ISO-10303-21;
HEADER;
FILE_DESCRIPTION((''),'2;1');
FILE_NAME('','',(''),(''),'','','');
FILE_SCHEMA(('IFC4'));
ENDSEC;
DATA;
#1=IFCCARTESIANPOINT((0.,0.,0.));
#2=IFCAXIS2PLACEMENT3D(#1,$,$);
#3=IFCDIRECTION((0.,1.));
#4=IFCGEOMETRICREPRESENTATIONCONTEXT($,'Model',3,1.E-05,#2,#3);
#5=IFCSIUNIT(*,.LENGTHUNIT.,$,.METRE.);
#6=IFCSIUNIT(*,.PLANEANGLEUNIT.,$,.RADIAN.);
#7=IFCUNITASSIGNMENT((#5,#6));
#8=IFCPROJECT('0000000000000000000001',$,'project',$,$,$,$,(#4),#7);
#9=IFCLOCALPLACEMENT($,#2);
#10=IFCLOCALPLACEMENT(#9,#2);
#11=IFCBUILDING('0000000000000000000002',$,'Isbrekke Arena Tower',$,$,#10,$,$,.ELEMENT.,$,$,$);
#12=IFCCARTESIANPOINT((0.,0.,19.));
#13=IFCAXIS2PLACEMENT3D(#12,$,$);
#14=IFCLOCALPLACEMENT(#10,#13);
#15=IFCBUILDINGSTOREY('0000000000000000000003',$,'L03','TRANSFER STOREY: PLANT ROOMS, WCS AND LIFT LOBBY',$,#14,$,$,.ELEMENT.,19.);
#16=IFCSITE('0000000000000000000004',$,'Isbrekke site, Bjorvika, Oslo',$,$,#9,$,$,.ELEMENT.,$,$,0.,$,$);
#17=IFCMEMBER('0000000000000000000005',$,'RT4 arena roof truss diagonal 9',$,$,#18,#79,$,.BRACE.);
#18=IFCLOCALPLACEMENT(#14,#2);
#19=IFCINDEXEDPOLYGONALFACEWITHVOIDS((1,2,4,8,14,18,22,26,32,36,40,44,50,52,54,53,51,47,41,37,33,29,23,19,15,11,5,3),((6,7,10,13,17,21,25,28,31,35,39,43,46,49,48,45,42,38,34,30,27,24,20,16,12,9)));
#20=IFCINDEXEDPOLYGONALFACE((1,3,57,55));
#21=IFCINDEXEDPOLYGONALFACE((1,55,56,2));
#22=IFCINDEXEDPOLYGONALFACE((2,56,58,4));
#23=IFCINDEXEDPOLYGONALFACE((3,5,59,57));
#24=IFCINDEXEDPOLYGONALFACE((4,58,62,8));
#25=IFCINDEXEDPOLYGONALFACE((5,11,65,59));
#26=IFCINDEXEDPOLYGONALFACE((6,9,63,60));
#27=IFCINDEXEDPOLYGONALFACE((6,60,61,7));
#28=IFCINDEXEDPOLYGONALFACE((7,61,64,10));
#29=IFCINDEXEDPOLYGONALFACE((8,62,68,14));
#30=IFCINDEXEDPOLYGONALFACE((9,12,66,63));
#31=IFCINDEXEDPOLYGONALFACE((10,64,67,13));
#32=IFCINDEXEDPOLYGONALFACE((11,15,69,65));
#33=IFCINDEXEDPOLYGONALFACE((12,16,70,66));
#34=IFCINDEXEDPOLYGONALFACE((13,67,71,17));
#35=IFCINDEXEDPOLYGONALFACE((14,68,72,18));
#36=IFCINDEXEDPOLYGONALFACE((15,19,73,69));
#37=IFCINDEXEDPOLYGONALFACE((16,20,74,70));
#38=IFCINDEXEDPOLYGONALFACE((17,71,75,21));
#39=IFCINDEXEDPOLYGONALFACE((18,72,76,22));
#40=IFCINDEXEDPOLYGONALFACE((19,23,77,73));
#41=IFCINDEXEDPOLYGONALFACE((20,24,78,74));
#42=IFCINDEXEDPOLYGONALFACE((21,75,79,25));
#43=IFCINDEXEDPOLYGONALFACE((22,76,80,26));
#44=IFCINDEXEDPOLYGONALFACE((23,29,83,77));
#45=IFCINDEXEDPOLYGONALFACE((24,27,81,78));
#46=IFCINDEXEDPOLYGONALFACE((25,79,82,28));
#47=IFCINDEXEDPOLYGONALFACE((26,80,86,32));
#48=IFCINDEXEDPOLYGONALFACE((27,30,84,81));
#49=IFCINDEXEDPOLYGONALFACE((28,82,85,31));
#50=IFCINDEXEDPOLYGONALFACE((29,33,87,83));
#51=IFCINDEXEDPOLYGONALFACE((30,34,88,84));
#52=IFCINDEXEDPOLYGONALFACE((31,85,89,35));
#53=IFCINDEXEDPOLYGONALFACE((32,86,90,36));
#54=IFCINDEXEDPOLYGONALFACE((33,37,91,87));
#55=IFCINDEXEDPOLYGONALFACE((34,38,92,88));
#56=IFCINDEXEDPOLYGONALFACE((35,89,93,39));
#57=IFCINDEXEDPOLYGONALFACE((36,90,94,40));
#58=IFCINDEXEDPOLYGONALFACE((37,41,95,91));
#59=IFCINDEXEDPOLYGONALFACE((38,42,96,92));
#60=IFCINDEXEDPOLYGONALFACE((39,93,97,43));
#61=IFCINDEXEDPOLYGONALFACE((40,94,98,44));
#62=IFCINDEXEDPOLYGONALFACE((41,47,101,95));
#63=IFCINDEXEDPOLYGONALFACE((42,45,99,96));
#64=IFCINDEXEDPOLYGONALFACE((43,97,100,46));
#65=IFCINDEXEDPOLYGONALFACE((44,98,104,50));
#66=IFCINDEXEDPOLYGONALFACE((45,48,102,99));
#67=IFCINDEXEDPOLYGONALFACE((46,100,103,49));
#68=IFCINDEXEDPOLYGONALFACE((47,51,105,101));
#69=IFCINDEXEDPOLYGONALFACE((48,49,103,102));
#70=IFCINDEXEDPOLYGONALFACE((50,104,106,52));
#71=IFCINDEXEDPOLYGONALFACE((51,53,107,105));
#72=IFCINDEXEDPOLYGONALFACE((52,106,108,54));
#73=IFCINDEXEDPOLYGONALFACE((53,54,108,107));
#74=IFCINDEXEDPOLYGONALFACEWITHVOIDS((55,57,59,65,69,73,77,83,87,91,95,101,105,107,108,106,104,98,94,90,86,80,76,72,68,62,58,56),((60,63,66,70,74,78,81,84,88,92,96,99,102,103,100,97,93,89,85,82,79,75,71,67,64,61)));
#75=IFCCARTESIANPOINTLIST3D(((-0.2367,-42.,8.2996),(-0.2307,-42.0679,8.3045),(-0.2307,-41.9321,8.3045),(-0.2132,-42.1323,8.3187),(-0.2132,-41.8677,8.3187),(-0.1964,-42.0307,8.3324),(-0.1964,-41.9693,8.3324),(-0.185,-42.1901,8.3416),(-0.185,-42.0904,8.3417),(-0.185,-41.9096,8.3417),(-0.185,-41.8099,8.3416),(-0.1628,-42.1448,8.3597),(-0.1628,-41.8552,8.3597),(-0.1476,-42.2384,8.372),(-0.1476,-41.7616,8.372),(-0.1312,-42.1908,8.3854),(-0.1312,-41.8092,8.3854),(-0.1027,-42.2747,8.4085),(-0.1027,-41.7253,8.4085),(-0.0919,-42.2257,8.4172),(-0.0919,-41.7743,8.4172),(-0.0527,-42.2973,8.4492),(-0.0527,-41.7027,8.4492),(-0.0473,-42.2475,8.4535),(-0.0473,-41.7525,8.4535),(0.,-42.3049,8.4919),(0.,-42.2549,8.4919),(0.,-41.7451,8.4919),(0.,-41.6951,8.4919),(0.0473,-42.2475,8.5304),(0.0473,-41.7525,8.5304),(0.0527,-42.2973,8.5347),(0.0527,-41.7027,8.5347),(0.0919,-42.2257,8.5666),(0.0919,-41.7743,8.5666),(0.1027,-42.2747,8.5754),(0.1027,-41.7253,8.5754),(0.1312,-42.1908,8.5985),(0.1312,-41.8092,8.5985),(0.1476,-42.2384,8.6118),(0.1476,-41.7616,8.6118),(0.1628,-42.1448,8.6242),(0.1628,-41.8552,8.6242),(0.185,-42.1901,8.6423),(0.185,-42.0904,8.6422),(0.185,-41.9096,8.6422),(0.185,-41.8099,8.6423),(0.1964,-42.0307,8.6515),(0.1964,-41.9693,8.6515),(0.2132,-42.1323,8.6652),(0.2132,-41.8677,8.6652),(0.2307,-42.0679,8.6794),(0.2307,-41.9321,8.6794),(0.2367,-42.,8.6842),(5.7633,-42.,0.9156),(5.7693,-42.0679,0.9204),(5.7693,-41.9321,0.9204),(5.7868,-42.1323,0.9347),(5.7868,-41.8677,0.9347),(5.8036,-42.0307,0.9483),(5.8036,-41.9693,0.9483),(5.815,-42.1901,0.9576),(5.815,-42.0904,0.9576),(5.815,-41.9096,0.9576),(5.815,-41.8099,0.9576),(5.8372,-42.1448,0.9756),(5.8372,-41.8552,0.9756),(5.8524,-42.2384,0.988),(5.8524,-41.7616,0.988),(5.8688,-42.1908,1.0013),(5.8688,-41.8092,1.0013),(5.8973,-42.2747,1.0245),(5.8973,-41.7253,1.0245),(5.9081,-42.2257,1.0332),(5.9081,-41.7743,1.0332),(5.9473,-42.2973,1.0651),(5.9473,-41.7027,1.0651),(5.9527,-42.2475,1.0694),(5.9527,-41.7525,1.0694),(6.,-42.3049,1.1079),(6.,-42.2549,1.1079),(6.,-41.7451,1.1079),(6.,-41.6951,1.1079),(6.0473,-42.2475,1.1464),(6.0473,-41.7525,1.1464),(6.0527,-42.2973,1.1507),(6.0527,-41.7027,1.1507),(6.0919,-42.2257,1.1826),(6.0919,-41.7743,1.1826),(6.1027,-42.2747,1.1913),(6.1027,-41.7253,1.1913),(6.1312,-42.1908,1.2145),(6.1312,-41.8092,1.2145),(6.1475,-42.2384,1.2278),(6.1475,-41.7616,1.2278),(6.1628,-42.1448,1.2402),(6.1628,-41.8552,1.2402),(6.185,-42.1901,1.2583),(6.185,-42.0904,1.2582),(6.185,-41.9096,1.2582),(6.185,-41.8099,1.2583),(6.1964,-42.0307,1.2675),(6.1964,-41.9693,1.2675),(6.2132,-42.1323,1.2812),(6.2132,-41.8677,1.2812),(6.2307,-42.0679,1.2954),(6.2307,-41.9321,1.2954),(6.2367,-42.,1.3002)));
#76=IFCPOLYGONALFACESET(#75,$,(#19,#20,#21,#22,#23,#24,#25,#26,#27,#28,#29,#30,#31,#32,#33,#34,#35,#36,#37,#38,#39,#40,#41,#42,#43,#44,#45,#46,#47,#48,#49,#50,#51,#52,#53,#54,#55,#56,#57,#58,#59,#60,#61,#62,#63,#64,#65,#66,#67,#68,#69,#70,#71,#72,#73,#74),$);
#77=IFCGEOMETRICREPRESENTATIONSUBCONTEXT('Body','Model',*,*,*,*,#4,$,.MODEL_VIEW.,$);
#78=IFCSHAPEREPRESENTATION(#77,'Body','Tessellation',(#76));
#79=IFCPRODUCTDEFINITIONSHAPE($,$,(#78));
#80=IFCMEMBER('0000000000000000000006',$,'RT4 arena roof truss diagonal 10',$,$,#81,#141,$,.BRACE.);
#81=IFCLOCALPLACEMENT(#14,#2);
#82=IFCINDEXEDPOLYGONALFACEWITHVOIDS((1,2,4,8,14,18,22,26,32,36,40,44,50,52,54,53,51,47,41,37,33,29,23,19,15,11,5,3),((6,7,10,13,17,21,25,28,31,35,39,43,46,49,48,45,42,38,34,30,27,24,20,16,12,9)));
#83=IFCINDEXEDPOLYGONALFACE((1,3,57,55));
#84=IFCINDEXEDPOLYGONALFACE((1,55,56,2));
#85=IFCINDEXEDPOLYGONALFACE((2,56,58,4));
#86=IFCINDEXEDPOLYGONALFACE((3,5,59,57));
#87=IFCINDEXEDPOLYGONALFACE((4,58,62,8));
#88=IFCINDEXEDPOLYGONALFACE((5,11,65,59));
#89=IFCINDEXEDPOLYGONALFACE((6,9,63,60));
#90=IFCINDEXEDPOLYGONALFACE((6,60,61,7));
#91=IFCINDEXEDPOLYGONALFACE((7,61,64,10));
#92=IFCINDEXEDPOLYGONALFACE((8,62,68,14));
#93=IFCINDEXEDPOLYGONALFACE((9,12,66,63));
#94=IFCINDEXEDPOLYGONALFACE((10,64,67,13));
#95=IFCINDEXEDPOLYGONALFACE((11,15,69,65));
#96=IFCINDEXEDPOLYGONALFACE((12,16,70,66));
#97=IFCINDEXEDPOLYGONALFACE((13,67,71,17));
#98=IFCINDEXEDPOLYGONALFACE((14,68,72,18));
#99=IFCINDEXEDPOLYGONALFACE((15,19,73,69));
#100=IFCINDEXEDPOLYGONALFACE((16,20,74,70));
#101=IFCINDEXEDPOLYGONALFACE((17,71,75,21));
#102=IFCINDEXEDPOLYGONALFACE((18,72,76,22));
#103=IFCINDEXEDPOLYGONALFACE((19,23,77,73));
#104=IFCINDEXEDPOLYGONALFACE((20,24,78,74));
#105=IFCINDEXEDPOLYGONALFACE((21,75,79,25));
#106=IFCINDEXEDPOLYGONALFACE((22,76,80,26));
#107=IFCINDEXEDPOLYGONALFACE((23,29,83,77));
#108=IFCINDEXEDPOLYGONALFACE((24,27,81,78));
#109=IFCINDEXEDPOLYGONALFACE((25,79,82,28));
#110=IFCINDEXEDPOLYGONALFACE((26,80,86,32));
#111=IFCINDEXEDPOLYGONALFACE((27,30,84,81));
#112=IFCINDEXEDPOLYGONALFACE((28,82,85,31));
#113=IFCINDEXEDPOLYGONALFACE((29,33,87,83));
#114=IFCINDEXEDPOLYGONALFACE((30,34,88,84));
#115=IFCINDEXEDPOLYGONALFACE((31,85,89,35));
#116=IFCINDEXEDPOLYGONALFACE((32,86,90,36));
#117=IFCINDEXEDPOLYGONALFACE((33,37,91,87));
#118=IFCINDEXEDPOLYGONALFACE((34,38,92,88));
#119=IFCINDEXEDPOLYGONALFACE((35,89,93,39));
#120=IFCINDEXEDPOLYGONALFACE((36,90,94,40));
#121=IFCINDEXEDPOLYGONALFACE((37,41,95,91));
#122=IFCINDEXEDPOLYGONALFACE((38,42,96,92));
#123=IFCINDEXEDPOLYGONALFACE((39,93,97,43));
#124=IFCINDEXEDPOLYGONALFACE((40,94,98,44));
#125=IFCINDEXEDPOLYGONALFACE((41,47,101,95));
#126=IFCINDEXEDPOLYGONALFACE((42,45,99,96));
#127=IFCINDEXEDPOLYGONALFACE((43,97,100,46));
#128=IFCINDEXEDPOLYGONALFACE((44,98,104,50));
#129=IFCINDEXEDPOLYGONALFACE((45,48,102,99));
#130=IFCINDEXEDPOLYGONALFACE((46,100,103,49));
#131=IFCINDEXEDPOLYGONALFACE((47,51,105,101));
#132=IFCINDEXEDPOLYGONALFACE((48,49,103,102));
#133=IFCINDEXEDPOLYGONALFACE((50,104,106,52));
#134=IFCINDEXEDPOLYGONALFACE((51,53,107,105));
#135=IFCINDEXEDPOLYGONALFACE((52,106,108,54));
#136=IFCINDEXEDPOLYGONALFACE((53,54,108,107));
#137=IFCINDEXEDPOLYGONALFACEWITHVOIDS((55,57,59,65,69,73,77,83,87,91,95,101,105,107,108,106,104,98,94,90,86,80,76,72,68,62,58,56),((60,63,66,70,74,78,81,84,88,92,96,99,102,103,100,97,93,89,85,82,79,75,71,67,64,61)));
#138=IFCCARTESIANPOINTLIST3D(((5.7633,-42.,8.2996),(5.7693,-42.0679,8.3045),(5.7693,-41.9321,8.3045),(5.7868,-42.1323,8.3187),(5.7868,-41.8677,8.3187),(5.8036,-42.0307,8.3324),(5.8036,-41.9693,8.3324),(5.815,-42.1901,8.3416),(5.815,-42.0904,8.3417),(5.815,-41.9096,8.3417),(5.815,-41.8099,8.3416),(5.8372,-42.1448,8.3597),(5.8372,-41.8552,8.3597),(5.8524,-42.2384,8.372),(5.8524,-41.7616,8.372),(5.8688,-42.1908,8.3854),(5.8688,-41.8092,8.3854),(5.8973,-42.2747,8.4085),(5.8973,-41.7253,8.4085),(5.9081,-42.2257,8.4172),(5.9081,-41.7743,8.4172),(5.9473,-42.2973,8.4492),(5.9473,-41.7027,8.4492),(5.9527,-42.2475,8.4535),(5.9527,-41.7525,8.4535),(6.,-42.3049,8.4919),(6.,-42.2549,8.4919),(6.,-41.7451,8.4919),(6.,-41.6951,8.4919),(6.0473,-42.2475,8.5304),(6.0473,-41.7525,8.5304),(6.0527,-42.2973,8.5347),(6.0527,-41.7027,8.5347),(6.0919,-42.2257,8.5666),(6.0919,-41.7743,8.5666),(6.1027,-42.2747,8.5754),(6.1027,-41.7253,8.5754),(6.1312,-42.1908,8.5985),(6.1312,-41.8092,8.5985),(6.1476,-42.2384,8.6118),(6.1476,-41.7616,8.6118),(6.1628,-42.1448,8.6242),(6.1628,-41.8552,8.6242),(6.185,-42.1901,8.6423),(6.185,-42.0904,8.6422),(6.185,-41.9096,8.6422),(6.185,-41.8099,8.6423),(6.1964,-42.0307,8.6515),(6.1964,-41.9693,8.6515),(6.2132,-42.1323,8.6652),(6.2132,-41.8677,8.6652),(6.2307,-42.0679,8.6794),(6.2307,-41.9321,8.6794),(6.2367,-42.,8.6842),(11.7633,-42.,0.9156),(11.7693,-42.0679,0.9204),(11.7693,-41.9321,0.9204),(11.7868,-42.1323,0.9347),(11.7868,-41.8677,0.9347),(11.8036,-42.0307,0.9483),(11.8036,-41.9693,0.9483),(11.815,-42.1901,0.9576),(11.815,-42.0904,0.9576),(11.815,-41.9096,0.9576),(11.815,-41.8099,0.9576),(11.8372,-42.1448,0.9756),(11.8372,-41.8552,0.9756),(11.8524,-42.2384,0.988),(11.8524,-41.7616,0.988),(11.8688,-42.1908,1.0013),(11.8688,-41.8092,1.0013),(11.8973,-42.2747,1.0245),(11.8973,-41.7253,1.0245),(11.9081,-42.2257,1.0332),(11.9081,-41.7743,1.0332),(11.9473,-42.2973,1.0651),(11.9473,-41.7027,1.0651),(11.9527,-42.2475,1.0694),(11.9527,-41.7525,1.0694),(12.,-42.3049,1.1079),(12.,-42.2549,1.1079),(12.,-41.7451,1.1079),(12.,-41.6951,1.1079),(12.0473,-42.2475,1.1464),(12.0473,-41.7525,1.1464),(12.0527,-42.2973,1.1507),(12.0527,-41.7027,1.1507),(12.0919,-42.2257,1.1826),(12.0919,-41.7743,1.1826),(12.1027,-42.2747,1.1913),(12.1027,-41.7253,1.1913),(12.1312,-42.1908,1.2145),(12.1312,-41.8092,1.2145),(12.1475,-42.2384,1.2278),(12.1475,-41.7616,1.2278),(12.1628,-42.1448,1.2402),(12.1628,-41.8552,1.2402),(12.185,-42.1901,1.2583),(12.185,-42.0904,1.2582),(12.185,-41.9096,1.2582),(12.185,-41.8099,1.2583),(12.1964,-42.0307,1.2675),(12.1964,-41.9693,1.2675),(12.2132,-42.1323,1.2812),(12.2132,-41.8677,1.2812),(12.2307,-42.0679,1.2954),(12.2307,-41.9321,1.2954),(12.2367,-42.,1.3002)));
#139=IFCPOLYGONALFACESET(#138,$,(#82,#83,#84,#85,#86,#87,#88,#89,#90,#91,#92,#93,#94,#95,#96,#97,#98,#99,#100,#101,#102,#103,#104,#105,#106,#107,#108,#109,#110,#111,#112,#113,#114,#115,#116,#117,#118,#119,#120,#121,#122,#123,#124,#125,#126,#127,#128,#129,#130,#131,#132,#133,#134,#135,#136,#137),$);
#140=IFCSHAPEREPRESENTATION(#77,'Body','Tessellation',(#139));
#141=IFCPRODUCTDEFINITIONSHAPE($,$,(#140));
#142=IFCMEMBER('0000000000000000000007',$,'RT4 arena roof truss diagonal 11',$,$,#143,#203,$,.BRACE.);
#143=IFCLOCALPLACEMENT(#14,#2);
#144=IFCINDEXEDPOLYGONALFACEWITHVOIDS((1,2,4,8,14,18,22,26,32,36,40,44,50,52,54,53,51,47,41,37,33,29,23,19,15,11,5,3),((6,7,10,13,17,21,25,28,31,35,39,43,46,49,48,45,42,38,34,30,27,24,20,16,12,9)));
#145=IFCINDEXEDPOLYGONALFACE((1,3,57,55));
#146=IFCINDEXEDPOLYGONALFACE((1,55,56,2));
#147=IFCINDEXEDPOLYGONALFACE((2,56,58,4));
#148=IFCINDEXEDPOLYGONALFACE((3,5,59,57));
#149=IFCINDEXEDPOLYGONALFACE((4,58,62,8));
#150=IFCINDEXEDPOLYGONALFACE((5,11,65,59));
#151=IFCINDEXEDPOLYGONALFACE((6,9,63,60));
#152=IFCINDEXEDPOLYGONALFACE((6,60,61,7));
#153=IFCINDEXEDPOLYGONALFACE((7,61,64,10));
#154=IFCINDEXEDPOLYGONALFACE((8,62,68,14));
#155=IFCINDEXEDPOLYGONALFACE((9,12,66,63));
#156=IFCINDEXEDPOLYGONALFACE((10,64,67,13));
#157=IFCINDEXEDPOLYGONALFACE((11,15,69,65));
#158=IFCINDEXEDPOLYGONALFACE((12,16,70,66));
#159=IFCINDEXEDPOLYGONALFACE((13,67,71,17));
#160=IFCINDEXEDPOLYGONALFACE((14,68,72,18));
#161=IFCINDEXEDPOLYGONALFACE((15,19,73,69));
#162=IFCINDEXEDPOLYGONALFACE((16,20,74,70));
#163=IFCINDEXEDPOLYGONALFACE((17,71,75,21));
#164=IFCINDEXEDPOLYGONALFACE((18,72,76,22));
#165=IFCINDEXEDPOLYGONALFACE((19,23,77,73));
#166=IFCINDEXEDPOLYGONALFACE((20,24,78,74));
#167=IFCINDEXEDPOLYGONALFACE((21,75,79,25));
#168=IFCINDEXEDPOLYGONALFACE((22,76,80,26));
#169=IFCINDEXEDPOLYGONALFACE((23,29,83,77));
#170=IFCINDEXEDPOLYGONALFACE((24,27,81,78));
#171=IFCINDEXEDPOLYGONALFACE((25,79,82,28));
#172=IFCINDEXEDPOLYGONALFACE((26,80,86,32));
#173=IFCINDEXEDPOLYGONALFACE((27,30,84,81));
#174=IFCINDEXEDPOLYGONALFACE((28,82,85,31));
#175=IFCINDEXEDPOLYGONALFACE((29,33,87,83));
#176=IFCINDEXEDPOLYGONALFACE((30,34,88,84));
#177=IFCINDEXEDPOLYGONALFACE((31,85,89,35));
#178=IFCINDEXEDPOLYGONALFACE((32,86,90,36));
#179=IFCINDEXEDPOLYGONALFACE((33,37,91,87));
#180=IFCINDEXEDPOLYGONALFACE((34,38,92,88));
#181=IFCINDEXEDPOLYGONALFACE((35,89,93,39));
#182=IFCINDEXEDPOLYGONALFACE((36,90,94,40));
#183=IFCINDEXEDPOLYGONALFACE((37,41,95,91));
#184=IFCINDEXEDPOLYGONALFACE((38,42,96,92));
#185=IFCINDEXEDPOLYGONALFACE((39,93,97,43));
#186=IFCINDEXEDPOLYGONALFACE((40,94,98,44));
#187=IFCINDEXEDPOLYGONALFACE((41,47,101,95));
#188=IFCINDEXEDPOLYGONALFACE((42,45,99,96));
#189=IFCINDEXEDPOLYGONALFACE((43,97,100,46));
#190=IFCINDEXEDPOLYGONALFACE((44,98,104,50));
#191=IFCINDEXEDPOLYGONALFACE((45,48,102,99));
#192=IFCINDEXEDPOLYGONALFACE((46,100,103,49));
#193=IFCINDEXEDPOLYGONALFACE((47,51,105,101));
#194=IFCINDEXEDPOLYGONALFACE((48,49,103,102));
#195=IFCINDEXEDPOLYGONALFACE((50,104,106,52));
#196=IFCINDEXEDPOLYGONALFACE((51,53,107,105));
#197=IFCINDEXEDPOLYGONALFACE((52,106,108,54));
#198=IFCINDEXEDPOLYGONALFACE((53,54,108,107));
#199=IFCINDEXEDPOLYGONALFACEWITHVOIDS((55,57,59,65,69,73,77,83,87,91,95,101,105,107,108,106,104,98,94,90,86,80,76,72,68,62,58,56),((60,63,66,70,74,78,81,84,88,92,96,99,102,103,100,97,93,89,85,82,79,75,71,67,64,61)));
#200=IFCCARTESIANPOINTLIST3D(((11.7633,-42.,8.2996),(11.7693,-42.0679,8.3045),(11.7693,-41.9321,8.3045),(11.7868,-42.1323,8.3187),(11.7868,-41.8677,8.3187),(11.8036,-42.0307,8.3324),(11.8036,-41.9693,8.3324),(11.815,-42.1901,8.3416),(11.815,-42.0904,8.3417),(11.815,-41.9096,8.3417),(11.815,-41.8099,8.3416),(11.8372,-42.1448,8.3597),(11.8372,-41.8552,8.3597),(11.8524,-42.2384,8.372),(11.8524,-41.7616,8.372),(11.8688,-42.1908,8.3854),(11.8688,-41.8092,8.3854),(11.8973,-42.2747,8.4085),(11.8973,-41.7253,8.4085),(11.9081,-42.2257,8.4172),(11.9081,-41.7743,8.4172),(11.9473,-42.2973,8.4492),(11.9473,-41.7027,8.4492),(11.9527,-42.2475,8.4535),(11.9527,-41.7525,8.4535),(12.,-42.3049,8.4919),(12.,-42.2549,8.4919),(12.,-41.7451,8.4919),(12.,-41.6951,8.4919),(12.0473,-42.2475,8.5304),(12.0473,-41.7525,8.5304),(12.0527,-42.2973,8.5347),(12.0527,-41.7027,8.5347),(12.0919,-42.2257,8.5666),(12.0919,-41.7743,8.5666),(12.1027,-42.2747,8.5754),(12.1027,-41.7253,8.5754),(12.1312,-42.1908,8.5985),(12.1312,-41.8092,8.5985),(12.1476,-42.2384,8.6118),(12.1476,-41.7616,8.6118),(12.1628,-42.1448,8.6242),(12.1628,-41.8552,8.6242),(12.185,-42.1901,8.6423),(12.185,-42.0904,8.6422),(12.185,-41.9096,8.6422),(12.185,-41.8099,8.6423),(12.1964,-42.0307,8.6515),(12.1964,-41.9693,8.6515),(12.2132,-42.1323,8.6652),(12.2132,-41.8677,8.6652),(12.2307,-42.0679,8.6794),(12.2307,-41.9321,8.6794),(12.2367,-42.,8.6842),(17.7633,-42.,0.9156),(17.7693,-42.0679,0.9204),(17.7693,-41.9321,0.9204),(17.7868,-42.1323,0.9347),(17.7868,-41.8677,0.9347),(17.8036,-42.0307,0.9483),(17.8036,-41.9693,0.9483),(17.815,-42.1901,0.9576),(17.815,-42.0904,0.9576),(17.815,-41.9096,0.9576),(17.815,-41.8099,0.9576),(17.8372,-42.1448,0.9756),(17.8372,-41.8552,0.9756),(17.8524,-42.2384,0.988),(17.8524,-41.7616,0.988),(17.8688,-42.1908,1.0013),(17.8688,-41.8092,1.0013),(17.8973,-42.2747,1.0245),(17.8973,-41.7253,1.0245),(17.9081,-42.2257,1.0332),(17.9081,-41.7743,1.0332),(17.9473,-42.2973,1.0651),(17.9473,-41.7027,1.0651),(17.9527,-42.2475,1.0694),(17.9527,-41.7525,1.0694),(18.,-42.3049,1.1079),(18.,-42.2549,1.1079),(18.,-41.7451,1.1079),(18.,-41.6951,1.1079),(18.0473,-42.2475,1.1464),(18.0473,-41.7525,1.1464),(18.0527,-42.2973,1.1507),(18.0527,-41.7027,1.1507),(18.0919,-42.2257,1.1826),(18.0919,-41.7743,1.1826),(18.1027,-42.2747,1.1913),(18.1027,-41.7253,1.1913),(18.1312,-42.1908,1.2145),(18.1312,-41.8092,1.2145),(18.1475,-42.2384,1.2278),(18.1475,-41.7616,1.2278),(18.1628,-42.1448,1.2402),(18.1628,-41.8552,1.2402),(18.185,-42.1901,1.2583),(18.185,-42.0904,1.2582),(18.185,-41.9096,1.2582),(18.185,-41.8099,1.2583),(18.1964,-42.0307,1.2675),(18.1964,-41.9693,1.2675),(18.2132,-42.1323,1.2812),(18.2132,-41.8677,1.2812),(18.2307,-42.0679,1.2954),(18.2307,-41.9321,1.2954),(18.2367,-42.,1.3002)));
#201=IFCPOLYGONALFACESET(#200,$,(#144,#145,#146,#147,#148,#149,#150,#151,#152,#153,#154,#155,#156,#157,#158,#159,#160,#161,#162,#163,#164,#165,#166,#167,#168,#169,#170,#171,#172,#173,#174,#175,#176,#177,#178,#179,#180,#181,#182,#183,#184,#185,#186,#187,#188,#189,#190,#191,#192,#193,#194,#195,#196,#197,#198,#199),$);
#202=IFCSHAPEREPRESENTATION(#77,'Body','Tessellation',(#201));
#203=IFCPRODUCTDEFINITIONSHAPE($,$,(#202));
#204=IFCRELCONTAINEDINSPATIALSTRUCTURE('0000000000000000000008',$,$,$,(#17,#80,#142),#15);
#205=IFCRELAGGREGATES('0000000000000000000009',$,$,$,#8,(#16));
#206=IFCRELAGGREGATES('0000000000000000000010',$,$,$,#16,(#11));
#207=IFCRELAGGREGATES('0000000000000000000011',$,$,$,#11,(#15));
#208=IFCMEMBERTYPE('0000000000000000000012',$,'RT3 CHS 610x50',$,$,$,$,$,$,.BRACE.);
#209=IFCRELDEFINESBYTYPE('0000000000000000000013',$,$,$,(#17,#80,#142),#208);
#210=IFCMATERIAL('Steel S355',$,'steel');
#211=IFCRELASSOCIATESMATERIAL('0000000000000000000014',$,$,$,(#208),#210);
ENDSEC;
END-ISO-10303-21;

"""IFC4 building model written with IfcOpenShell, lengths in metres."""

from ifc_helpers import new_model, si_unit, direction, frame, origin, origin_2d, place, context, subcontext, project, spatial, hollow_circle, extrude, material, material_profile, profile_set, type_object, element, save


model = new_model("IFC4")

# Units and contexts
model_context = context("Model", 3, precision=1e-05, world=origin(), true_north=direction((0.0, 1.0)))
body_context = subcontext(model_context, "Body", "Model", "MODEL_VIEW")
ifc_project = project(units=[si_unit("LENGTHUNIT", "METRE"), si_unit("PLANEANGLEUNIT", "RADIAN")], contexts=[model_context])

# Site, building, storey
site_placement = place(None, origin())
site = spatial("IfcSite", under=ifc_project, at=site_placement, Name="Isbrekke site, Bjorvika, Oslo", CompositionType="ELEMENT", RefElevation=0.0)
building_placement = place(site_placement, origin())
building = spatial("IfcBuilding", under=site, at=building_placement, Name="Isbrekke Arena Tower", CompositionType="ELEMENT")
storey_placement = place(building_placement, frame((0.0, 0.0, 19.0)))
storey = spatial("IfcBuildingStorey", under=building, at=storey_placement, Name="L03", Description="TRANSFER STOREY: PLANT ROOMS, WCS AND LIFT LOBBY", CompositionType="ELEMENT", Elevation=19.0)

# Members
ifc_material_1 = material(Name="Steel S355", Category="steel")
ifc_material_profile_1 = material_profile(ifc_material_1, hollow_circle(Radius=0.3049, WallThickness=0.05, at=origin_2d()), Name="CHS 610x50")
ifc_profile_set_1 = profile_set([ifc_material_profile_1], Name="Steel S355")
member_type_1 = type_object("IfcMemberType", Name="RT3 CHS 610x50", PredefinedType="BRACE", material=ifc_profile_set_1)
for number, where, z_axis, x_axis, name in (
    (1, (0.0, -42.0, 8.4919), (0.630623, 0.0, -0.77609), (0.0, 1.0, 0.0), "RT4 arena roof truss diagonal 9"),
    (2, (6.0, -42.0, 8.4919), (0.630623, 0.0, -0.77609), (0.0, 1.0, 0.0), "RT4 arena roof truss diagonal 10"),
    (3, (12.0, -42.0, 8.4919), (0.630623, 0.0, -0.77609), (0.0, 1.0, 0.0), "RT4 arena roof truss diagonal 11"),
):
    element("IfcMember", number, at=place(storey_placement, frame(where, z_axis=z_axis, x_axis=x_axis)), inside=storey, type_object=member_type_1, Name=name, PredefinedType="BRACE", context=body_context, shape_type="SweptSolid", body=[
        extrude(hollow_circle(Radius=0.3049, WallThickness=0.05, at=origin_2d()), origin(), (0.0, 0.0, 1.0), 9.5144),
    ])

save(model, "model.ifc")
